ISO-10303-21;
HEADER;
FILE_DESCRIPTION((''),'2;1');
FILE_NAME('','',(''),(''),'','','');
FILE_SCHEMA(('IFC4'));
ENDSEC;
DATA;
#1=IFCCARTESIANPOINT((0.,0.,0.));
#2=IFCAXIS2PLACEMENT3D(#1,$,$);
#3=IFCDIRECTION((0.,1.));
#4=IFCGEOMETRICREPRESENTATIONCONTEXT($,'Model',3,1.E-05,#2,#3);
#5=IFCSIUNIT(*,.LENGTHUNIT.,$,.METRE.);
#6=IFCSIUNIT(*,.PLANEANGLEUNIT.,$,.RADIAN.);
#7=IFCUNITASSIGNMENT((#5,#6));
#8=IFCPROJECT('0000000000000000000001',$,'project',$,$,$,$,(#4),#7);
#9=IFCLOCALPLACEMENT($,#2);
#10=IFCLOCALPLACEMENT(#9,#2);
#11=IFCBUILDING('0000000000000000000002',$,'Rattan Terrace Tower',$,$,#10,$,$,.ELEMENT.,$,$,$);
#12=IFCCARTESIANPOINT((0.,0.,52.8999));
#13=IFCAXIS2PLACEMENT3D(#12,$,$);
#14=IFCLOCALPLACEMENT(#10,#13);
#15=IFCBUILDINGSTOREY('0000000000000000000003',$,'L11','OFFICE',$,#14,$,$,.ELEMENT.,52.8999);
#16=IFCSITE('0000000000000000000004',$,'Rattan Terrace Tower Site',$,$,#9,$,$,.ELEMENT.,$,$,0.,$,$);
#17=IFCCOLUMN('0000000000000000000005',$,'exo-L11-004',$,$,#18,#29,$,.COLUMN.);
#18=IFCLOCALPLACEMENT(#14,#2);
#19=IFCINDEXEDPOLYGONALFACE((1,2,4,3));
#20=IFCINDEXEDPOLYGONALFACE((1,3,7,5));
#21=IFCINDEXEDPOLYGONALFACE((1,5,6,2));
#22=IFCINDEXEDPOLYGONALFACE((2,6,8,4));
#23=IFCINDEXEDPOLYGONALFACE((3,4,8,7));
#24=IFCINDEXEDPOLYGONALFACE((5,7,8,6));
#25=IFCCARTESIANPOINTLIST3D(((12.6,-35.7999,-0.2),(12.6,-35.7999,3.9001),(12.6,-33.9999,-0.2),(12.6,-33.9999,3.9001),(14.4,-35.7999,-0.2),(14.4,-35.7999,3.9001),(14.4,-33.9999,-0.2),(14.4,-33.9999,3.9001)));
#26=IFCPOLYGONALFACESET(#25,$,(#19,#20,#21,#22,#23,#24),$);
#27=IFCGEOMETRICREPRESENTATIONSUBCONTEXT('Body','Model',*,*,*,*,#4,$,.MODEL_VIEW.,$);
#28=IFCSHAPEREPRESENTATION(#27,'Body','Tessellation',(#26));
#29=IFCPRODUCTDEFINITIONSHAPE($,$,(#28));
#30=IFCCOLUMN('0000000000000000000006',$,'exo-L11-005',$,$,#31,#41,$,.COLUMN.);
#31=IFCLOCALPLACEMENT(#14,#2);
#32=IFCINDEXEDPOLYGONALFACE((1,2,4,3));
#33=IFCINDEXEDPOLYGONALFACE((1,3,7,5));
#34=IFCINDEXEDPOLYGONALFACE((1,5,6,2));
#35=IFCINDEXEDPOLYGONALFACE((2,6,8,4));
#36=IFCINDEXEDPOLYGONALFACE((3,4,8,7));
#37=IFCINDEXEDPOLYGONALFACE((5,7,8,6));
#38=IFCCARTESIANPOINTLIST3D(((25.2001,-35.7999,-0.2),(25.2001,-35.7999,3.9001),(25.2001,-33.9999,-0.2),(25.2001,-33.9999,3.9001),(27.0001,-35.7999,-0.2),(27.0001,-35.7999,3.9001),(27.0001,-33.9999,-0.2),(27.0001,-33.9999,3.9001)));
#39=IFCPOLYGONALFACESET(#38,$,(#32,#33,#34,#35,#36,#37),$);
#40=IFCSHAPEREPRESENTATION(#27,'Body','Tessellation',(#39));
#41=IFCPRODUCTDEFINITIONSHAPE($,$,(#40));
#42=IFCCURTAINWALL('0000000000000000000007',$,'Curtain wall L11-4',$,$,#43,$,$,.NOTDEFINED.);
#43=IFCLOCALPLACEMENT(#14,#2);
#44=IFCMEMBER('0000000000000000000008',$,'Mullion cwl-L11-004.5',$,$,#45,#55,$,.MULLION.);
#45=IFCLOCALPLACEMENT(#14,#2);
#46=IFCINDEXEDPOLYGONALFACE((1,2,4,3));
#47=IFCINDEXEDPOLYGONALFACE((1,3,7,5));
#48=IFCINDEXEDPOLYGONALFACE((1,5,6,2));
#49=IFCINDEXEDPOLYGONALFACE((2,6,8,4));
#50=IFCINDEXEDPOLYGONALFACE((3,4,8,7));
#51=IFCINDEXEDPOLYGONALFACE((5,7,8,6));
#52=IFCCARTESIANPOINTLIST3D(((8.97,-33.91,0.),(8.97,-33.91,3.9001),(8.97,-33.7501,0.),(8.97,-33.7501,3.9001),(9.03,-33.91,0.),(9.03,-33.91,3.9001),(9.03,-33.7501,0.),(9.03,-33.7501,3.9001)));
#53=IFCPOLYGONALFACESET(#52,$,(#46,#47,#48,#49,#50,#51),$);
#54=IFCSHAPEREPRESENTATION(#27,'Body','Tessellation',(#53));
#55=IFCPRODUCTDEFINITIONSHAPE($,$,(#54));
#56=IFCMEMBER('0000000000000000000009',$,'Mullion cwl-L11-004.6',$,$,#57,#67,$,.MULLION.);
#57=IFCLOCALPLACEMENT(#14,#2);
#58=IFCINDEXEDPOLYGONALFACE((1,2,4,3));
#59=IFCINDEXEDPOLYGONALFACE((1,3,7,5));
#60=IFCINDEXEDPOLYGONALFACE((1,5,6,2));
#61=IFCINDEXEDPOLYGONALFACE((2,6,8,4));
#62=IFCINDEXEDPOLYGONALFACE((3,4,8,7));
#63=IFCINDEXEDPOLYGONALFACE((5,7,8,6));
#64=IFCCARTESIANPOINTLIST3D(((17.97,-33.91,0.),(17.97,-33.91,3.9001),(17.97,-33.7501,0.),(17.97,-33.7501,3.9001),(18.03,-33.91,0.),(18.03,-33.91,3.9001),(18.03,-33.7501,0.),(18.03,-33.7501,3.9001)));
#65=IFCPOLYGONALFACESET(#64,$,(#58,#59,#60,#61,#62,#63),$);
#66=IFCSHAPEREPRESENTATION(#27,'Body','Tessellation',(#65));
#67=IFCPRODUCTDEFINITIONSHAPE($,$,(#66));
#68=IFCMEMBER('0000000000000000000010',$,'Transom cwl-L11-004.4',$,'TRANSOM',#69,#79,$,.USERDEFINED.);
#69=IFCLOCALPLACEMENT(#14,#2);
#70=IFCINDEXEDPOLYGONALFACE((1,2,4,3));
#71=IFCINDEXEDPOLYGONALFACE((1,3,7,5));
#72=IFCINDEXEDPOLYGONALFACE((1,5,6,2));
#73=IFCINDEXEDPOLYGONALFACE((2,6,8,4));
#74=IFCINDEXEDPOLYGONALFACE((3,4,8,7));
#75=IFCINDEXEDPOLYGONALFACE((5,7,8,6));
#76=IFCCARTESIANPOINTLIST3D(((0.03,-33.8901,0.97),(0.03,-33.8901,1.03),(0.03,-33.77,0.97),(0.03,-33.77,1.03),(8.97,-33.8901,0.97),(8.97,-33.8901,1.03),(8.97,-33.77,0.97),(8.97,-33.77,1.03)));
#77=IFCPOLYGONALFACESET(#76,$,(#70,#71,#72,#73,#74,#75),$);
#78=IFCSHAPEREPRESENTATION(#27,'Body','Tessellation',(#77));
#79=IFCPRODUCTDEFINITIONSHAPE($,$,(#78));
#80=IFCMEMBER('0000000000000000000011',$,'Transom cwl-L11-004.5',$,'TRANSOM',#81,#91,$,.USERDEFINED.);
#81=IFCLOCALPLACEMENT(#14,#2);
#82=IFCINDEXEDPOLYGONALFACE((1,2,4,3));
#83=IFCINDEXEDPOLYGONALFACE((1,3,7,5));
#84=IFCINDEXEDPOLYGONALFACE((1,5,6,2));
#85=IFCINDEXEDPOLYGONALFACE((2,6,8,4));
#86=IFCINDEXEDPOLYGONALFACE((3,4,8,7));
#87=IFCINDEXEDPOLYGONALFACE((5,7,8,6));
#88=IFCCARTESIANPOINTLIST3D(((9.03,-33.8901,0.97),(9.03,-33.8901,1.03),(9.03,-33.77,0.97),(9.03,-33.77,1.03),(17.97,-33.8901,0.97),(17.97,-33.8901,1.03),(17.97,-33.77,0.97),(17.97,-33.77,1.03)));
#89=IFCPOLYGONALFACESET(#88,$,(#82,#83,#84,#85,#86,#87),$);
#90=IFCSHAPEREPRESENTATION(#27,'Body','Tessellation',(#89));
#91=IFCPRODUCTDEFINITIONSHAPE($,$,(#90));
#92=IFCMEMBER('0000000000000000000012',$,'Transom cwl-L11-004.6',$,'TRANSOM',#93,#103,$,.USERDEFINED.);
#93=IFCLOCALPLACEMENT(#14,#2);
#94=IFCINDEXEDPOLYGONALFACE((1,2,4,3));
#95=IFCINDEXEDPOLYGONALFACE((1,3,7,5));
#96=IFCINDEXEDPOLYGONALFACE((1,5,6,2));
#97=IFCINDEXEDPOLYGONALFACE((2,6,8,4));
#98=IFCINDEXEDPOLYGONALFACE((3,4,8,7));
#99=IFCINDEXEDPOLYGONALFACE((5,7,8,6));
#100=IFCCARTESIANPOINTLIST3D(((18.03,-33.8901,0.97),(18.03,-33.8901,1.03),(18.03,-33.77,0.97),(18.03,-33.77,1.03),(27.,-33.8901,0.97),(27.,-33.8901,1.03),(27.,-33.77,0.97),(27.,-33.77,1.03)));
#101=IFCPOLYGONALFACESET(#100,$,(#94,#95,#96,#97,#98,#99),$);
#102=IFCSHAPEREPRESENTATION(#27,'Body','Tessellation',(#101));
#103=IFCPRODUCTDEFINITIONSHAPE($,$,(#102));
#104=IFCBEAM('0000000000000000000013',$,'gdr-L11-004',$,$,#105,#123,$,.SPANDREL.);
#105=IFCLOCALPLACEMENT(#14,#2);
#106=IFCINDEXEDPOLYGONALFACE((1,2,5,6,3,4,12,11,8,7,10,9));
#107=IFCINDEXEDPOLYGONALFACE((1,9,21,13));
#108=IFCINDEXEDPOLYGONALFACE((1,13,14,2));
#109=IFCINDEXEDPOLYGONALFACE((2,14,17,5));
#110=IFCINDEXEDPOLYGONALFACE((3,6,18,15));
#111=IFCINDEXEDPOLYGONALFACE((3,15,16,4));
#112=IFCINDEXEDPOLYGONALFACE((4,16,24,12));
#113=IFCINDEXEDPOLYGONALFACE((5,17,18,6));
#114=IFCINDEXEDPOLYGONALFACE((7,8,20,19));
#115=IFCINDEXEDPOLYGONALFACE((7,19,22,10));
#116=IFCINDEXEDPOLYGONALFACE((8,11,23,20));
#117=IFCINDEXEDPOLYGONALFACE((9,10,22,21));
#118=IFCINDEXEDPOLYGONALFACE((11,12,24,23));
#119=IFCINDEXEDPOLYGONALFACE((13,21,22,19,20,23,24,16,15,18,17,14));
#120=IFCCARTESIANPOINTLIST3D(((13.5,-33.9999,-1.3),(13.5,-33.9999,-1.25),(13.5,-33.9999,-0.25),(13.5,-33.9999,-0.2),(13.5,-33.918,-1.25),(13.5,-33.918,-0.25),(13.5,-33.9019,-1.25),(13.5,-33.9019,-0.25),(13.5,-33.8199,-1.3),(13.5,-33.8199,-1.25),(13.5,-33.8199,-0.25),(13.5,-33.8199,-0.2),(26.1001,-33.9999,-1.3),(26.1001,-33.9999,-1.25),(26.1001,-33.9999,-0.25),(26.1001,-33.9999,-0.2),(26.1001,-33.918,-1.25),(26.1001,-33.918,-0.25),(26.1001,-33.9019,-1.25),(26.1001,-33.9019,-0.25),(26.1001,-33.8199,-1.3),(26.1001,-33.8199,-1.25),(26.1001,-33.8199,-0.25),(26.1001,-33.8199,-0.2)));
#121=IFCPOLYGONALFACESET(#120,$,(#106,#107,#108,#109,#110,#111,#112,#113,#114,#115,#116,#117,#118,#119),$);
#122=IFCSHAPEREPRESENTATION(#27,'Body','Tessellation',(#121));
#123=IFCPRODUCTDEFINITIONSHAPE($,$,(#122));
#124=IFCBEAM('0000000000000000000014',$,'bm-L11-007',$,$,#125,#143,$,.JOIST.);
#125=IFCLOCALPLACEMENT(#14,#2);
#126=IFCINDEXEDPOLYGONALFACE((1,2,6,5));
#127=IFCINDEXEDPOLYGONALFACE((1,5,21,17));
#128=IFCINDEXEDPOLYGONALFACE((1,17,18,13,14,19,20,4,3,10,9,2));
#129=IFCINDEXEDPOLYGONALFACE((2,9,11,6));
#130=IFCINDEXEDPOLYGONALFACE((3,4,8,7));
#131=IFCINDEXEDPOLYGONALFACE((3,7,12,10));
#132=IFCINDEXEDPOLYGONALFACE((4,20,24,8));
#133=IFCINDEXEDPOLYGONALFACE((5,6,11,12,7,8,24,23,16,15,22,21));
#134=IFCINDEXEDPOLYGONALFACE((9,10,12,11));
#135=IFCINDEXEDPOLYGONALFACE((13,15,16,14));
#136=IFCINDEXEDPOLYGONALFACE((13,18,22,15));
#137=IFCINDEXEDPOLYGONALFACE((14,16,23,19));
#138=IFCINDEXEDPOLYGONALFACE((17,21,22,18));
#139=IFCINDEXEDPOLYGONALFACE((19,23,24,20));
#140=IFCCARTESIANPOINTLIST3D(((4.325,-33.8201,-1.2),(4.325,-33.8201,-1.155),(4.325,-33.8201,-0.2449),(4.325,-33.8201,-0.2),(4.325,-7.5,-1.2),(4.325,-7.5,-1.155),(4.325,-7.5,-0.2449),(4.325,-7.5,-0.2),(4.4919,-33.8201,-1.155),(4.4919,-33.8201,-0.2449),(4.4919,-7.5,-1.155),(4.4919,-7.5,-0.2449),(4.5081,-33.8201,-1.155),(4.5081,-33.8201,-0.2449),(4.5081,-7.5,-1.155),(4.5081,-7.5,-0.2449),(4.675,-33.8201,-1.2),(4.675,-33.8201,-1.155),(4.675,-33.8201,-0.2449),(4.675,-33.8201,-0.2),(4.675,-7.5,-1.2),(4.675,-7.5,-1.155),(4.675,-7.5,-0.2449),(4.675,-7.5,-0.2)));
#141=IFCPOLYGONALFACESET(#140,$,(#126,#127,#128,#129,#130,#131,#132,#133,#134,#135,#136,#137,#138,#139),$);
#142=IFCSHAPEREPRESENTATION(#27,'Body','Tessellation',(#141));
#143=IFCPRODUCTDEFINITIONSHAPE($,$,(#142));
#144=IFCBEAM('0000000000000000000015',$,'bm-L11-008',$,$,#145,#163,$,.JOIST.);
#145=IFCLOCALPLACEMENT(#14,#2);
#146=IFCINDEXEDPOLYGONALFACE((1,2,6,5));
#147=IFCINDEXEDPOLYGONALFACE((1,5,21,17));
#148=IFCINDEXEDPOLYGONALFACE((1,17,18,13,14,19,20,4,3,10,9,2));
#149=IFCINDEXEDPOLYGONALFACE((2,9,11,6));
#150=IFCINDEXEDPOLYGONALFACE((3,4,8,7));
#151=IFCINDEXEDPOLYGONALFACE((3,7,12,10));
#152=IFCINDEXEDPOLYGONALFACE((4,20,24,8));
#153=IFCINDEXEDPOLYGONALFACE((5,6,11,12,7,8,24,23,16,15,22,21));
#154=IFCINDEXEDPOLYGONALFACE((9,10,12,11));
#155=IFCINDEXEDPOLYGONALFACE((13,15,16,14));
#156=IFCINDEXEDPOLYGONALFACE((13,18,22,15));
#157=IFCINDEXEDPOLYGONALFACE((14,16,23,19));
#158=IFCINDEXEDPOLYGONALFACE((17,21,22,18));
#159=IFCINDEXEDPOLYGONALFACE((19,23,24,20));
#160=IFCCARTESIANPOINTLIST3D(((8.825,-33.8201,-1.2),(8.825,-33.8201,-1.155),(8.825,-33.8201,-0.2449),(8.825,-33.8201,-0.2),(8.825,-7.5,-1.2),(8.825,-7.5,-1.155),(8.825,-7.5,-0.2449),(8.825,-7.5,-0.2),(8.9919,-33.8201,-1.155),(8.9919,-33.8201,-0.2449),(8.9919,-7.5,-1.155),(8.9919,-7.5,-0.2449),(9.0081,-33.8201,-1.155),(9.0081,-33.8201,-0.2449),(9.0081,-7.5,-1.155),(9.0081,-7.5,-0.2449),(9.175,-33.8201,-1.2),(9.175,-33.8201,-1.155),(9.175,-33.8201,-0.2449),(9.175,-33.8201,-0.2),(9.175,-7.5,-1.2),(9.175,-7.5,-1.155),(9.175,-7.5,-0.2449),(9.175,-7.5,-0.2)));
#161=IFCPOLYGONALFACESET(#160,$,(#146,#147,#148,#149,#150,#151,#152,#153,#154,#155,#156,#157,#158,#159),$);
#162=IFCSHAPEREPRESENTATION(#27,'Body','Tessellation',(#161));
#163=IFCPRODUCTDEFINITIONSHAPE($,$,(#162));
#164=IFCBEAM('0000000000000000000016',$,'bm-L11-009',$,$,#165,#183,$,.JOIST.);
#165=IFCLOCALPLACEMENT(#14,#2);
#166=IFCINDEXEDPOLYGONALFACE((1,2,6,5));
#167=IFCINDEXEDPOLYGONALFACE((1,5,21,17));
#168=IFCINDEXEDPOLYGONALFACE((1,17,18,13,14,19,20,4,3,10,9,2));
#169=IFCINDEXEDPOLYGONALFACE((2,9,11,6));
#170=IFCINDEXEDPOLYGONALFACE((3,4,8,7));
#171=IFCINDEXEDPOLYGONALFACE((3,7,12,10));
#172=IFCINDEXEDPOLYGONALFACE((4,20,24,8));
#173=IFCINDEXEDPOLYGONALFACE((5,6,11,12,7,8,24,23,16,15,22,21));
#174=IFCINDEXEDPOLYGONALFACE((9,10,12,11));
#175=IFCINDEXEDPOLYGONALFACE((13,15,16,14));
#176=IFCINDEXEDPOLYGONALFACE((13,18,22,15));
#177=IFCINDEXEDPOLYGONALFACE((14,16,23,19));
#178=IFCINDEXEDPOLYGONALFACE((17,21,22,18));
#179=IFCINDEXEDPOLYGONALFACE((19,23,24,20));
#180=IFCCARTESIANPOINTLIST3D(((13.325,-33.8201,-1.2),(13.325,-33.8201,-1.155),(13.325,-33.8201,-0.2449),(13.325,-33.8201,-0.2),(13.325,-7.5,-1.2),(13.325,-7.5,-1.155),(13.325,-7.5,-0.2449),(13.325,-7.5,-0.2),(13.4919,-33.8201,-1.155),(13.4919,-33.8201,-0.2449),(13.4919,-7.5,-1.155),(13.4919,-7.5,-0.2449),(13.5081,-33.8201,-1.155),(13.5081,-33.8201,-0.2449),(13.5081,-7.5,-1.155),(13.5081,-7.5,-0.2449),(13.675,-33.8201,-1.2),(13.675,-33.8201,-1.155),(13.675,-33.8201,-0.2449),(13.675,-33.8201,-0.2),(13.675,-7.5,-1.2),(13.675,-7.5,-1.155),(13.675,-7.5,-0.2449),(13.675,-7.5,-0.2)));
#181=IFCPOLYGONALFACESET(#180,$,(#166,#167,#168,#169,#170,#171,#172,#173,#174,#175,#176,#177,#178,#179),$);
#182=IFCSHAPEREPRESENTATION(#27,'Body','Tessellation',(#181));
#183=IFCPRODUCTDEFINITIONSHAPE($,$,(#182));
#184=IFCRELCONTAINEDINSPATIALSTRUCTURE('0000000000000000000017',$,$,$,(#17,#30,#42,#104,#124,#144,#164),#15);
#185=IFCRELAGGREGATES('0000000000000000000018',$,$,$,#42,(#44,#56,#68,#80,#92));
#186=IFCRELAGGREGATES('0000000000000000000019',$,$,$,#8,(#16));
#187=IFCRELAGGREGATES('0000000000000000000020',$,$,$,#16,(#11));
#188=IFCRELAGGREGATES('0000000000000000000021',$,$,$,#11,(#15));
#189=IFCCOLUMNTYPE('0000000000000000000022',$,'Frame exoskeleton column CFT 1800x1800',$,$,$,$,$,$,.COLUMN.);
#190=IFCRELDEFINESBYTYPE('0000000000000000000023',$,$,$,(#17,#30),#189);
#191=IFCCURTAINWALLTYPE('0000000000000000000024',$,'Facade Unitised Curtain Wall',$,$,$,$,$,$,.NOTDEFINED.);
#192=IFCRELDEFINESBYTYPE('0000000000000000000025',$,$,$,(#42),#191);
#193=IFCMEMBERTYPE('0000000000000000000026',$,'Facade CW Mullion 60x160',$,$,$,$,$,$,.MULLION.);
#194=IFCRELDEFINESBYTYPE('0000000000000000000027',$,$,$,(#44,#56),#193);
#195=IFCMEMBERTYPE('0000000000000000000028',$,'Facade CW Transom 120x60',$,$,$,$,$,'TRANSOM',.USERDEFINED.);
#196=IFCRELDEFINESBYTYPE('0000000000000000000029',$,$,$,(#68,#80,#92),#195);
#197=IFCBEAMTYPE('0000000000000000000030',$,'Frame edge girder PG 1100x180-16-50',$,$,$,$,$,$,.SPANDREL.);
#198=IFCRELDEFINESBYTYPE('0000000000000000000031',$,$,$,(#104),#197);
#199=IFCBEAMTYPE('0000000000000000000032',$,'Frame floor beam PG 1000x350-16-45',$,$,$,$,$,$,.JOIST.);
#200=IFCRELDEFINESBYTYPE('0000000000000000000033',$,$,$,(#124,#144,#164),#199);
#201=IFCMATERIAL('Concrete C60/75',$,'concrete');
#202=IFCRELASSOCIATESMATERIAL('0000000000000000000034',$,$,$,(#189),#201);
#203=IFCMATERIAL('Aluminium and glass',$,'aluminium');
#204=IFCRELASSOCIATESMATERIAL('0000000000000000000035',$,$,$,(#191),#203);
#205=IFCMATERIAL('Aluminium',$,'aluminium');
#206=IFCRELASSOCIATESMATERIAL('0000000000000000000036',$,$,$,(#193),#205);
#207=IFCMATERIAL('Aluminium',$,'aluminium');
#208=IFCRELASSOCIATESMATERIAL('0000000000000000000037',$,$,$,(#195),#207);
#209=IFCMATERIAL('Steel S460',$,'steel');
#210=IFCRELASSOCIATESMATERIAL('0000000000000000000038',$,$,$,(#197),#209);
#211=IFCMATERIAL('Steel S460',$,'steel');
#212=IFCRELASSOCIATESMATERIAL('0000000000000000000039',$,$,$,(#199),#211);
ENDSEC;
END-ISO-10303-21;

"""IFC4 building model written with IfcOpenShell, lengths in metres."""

from ifc_helpers import new_model, si_unit, direction, frame, origin, origin_2d, place, context, subcontext, project, spatial, rectangle, i_section, extrude, material, material_profile, profile_set, type_object, element, aggregate, save


model = new_model("IFC4")

# Units and contexts
model_context = context("Model", 3, precision=1e-05, world=origin(), true_north=direction((0.0, 1.0)))
body_context = subcontext(model_context, "Body", "Model", "MODEL_VIEW")
ifc_project = project(units=[si_unit("LENGTHUNIT", "METRE"), si_unit("PLANEANGLEUNIT", "RADIAN")], contexts=[model_context])

# Site, building, storey
site_placement = place(None, origin())
site = spatial("IfcSite", under=ifc_project, at=site_placement, Name="Rattan Terrace Tower Site", CompositionType="ELEMENT", RefElevation=0.0)
building_placement = place(site_placement, origin())
building = spatial("IfcBuilding", under=site, at=building_placement, Name="Rattan Terrace Tower", CompositionType="ELEMENT")
storey_placement = place(building_placement, frame((0.0, 0.0, 52.8999)))
storey = spatial("IfcBuildingStorey", under=building, at=storey_placement, Name="L11", Description="OFFICE", CompositionType="ELEMENT", Elevation=52.8999)

# Columns
ifc_material_1 = material(Name="Concrete C60/75", Category="concrete")
ifc_material_profile_1 = material_profile(ifc_material_1, rectangle(XDim=1.8, YDim=1.8, at=origin_2d()), Name="CFT 1800x1800")
ifc_profile_set_1 = profile_set([ifc_material_profile_1], Name="Concrete C60/75")
column_type = type_object("IfcColumnType", Name="Frame exoskeleton column CFT 1800x1800", PredefinedType="COLUMN", material=ifc_profile_set_1)
for number, where, z_axis, x_axis, name in (
    (1, (13.5, -34.8999, -0.2), (0.0, 0.0, 1.0), (1.0, 0.0, 0.0), "exo-L11-004"),
    (2, (26.1001, -34.8999, -0.2), (0.0, 0.0, 1.0), (1.0, 0.0, 0.0), "exo-L11-005"),
):
    element("IfcColumn", number, at=place(storey_placement, frame(where, z_axis=z_axis, x_axis=x_axis)), inside=storey, type_object=column_type, Name=name, PredefinedType="COLUMN", context=body_context, shape_type="SweptSolid", body=[
        extrude(rectangle(XDim=1.8, YDim=1.8, at=origin_2d()), origin(), (0.0, 0.0, 1.0), 4.1001),
    ])

# Curtain wall, members
ifc_material_2 = material(Name="Aluminium and glass", Category="aluminium")
curtain_wall_type = type_object("IfcCurtainWallType", Name="Facade Unitised Curtain Wall", PredefinedType="NOTDEFINED", material=ifc_material_2)
curtain_wall_placement = place(storey_placement, origin())
curtain_wall = element("IfcCurtainWall", 3, at=curtain_wall_placement, inside=storey, type_object=curtain_wall_type, Name="Curtain wall L11-4", PredefinedType="NOTDEFINED")
ifc_material_3 = material(Name="Aluminium", Category="aluminium")
ifc_material_profile_2 = material_profile(ifc_material_3, rectangle(XDim=0.0601, YDim=0.1599, at=origin_2d()), Name="Aluminium 60x160")
ifc_profile_set_2 = profile_set([ifc_material_profile_2], Name="Aluminium")
member_type_1 = type_object("IfcMemberType", Name="Facade CW Mullion 60x160", PredefinedType="MULLION", material=ifc_profile_set_2)
member_1_placement = place(storey_placement, frame((9.0, -33.8301, 0.0), z_axis=(0.0, 0.0, 1.0), x_axis=(1.0, 0.0, 0.0)))
member_1 = element("IfcMember", 4, at=member_1_placement, type_object=member_type_1, Name="Mullion cwl-L11-004.5", PredefinedType="MULLION", context=body_context, shape_type="SweptSolid", body=[
    extrude(rectangle(XDim=0.0601, YDim=0.1599, at=origin_2d()), origin(), (0.0, 0.0, 1.0), 3.9001),
])
member_2_placement = place(storey_placement, frame((18.0, -33.8301, 0.0), z_axis=(0.0, 0.0, 1.0), x_axis=(1.0, 0.0, 0.0)))
member_2 = element("IfcMember", 5, at=member_2_placement, type_object=member_type_1, Name="Mullion cwl-L11-004.6", PredefinedType="MULLION", context=body_context, shape_type="SweptSolid", body=[
    extrude(rectangle(XDim=0.0601, YDim=0.1599, at=origin_2d()), origin(), (0.0, 0.0, 1.0), 3.9001),
])
ifc_material_4 = material(Name="Aluminium", Category="aluminium")
ifc_material_profile_3 = material_profile(ifc_material_4, rectangle(XDim=0.1201, YDim=0.0601, at=origin_2d()), Name="Aluminium 120x60")
ifc_profile_set_3 = profile_set([ifc_material_profile_3], Name="Aluminium")
member_type_2 = type_object("IfcMemberType", Name="Facade CW Transom 120x60", ElementType="TRANSOM", PredefinedType="USERDEFINED", material=ifc_profile_set_3)
member_3_placement = place(storey_placement, frame((0.03, -33.8301, 1.0), z_axis=(1.0, 0.0, 0.0), x_axis=(0.0, 1.0, 0.0)))
member_3 = element("IfcMember", 6, at=member_3_placement, type_object=member_type_2, Name="Transom cwl-L11-004.4", ObjectType="TRANSOM", PredefinedType="USERDEFINED", context=body_context, shape_type="SweptSolid", body=[
    extrude(rectangle(XDim=0.1201, YDim=0.0601, at=origin_2d()), origin(), (0.0, 0.0, 1.0), 8.9399),
])
member_4_placement = place(storey_placement, frame((9.03, -33.8301, 1.0), z_axis=(1.0, 0.0, 0.0), x_axis=(0.0, 1.0, 0.0)))
member_4 = element("IfcMember", 7, at=member_4_placement, type_object=member_type_2, Name="Transom cwl-L11-004.5", ObjectType="TRANSOM", PredefinedType="USERDEFINED", context=body_context, shape_type="SweptSolid", body=[
    extrude(rectangle(XDim=0.1201, YDim=0.0601, at=origin_2d()), origin(), (0.0, 0.0, 1.0), 8.9399),
])
member_5_placement = place(storey_placement, frame((18.03, -33.8301, 1.0), z_axis=(1.0, 0.0, 0.0), x_axis=(0.0, 1.0, 0.0)))
member_5 = element("IfcMember", 8, at=member_5_placement, type_object=member_type_2, Name="Transom cwl-L11-004.6", ObjectType="TRANSOM", PredefinedType="USERDEFINED", context=body_context, shape_type="SweptSolid", body=[
    extrude(rectangle(XDim=0.1201, YDim=0.0601, at=origin_2d()), origin(), (0.0, 0.0, 1.0), 8.97),
])

# Beams
ifc_material_5 = material(Name="Steel S460", Category="steel")
ifc_material_profile_4 = material_profile(ifc_material_5, i_section(OverallWidth=0.1799, OverallDepth=1.1001, WebThickness=0.0161, FlangeThickness=0.05, at=origin_2d()), Name="PG 1100x180-16-50")
ifc_profile_set_4 = profile_set([ifc_material_profile_4], Name="Steel S460")
beam_type_1 = type_object("IfcBeamType", Name="Frame edge girder PG 1100x180-16-50", PredefinedType="SPANDREL", material=ifc_profile_set_4)
beam_placement = place(storey_placement, frame((13.5, -33.9099, -0.75), z_axis=(1.0, 0.0, 0.0), x_axis=(0.0, 1.0, 0.0)))
element("IfcBeam", 9, at=beam_placement, inside=storey, type_object=beam_type_1, Name="gdr-L11-004", PredefinedType="SPANDREL", context=body_context, shape_type="SweptSolid", body=[
    extrude(i_section(OverallWidth=0.1799, OverallDepth=1.1001, WebThickness=0.0161, FlangeThickness=0.05, at=origin_2d()), origin(), (0.0, 0.0, 1.0), 12.6001),
])
ifc_material_6 = material(Name="Steel S460", Category="steel")
ifc_material_profile_5 = material_profile(ifc_material_6, i_section(OverallWidth=0.3501, OverallDepth=1.0, WebThickness=0.0161, FlangeThickness=0.0449, at=origin_2d()), Name="PG 1000x350-16-45")
ifc_profile_set_5 = profile_set([ifc_material_profile_5], Name="Steel S460")
beam_type_2 = type_object("IfcBeamType", Name="Frame floor beam PG 1000x350-16-45", PredefinedType="JOIST", material=ifc_profile_set_5)
for number, where, z_axis, x_axis, name in (
    (10, (4.5, -33.8201, -0.7), (0.0, 1.0, 0.0), (-1.0, 0.0, 0.0), "bm-L11-007"),
    (11, (9.0, -33.8201, -0.7), (0.0, 1.0, 0.0), (-1.0, 0.0, 0.0), "bm-L11-008"),
    (12, (13.5, -33.8201, -0.7), (0.0, 1.0, 0.0), (-1.0, 0.0, 0.0), "bm-L11-009"),
):
    element("IfcBeam", number, at=place(storey_placement, frame(where, z_axis=z_axis, x_axis=x_axis)), inside=storey, type_object=beam_type_2, Name=name, PredefinedType="JOIST", context=body_context, shape_type="SweptSolid", body=[
        extrude(i_section(OverallWidth=0.3501, OverallDepth=1.0, WebThickness=0.0161, FlangeThickness=0.0449, at=origin_2d()), origin(), (0.0, 0.0, 1.0), 26.3201),
    ])

aggregate(curtain_wall, [member_1, member_2, member_3, member_4, member_5])

save(model, "model.ifc")
